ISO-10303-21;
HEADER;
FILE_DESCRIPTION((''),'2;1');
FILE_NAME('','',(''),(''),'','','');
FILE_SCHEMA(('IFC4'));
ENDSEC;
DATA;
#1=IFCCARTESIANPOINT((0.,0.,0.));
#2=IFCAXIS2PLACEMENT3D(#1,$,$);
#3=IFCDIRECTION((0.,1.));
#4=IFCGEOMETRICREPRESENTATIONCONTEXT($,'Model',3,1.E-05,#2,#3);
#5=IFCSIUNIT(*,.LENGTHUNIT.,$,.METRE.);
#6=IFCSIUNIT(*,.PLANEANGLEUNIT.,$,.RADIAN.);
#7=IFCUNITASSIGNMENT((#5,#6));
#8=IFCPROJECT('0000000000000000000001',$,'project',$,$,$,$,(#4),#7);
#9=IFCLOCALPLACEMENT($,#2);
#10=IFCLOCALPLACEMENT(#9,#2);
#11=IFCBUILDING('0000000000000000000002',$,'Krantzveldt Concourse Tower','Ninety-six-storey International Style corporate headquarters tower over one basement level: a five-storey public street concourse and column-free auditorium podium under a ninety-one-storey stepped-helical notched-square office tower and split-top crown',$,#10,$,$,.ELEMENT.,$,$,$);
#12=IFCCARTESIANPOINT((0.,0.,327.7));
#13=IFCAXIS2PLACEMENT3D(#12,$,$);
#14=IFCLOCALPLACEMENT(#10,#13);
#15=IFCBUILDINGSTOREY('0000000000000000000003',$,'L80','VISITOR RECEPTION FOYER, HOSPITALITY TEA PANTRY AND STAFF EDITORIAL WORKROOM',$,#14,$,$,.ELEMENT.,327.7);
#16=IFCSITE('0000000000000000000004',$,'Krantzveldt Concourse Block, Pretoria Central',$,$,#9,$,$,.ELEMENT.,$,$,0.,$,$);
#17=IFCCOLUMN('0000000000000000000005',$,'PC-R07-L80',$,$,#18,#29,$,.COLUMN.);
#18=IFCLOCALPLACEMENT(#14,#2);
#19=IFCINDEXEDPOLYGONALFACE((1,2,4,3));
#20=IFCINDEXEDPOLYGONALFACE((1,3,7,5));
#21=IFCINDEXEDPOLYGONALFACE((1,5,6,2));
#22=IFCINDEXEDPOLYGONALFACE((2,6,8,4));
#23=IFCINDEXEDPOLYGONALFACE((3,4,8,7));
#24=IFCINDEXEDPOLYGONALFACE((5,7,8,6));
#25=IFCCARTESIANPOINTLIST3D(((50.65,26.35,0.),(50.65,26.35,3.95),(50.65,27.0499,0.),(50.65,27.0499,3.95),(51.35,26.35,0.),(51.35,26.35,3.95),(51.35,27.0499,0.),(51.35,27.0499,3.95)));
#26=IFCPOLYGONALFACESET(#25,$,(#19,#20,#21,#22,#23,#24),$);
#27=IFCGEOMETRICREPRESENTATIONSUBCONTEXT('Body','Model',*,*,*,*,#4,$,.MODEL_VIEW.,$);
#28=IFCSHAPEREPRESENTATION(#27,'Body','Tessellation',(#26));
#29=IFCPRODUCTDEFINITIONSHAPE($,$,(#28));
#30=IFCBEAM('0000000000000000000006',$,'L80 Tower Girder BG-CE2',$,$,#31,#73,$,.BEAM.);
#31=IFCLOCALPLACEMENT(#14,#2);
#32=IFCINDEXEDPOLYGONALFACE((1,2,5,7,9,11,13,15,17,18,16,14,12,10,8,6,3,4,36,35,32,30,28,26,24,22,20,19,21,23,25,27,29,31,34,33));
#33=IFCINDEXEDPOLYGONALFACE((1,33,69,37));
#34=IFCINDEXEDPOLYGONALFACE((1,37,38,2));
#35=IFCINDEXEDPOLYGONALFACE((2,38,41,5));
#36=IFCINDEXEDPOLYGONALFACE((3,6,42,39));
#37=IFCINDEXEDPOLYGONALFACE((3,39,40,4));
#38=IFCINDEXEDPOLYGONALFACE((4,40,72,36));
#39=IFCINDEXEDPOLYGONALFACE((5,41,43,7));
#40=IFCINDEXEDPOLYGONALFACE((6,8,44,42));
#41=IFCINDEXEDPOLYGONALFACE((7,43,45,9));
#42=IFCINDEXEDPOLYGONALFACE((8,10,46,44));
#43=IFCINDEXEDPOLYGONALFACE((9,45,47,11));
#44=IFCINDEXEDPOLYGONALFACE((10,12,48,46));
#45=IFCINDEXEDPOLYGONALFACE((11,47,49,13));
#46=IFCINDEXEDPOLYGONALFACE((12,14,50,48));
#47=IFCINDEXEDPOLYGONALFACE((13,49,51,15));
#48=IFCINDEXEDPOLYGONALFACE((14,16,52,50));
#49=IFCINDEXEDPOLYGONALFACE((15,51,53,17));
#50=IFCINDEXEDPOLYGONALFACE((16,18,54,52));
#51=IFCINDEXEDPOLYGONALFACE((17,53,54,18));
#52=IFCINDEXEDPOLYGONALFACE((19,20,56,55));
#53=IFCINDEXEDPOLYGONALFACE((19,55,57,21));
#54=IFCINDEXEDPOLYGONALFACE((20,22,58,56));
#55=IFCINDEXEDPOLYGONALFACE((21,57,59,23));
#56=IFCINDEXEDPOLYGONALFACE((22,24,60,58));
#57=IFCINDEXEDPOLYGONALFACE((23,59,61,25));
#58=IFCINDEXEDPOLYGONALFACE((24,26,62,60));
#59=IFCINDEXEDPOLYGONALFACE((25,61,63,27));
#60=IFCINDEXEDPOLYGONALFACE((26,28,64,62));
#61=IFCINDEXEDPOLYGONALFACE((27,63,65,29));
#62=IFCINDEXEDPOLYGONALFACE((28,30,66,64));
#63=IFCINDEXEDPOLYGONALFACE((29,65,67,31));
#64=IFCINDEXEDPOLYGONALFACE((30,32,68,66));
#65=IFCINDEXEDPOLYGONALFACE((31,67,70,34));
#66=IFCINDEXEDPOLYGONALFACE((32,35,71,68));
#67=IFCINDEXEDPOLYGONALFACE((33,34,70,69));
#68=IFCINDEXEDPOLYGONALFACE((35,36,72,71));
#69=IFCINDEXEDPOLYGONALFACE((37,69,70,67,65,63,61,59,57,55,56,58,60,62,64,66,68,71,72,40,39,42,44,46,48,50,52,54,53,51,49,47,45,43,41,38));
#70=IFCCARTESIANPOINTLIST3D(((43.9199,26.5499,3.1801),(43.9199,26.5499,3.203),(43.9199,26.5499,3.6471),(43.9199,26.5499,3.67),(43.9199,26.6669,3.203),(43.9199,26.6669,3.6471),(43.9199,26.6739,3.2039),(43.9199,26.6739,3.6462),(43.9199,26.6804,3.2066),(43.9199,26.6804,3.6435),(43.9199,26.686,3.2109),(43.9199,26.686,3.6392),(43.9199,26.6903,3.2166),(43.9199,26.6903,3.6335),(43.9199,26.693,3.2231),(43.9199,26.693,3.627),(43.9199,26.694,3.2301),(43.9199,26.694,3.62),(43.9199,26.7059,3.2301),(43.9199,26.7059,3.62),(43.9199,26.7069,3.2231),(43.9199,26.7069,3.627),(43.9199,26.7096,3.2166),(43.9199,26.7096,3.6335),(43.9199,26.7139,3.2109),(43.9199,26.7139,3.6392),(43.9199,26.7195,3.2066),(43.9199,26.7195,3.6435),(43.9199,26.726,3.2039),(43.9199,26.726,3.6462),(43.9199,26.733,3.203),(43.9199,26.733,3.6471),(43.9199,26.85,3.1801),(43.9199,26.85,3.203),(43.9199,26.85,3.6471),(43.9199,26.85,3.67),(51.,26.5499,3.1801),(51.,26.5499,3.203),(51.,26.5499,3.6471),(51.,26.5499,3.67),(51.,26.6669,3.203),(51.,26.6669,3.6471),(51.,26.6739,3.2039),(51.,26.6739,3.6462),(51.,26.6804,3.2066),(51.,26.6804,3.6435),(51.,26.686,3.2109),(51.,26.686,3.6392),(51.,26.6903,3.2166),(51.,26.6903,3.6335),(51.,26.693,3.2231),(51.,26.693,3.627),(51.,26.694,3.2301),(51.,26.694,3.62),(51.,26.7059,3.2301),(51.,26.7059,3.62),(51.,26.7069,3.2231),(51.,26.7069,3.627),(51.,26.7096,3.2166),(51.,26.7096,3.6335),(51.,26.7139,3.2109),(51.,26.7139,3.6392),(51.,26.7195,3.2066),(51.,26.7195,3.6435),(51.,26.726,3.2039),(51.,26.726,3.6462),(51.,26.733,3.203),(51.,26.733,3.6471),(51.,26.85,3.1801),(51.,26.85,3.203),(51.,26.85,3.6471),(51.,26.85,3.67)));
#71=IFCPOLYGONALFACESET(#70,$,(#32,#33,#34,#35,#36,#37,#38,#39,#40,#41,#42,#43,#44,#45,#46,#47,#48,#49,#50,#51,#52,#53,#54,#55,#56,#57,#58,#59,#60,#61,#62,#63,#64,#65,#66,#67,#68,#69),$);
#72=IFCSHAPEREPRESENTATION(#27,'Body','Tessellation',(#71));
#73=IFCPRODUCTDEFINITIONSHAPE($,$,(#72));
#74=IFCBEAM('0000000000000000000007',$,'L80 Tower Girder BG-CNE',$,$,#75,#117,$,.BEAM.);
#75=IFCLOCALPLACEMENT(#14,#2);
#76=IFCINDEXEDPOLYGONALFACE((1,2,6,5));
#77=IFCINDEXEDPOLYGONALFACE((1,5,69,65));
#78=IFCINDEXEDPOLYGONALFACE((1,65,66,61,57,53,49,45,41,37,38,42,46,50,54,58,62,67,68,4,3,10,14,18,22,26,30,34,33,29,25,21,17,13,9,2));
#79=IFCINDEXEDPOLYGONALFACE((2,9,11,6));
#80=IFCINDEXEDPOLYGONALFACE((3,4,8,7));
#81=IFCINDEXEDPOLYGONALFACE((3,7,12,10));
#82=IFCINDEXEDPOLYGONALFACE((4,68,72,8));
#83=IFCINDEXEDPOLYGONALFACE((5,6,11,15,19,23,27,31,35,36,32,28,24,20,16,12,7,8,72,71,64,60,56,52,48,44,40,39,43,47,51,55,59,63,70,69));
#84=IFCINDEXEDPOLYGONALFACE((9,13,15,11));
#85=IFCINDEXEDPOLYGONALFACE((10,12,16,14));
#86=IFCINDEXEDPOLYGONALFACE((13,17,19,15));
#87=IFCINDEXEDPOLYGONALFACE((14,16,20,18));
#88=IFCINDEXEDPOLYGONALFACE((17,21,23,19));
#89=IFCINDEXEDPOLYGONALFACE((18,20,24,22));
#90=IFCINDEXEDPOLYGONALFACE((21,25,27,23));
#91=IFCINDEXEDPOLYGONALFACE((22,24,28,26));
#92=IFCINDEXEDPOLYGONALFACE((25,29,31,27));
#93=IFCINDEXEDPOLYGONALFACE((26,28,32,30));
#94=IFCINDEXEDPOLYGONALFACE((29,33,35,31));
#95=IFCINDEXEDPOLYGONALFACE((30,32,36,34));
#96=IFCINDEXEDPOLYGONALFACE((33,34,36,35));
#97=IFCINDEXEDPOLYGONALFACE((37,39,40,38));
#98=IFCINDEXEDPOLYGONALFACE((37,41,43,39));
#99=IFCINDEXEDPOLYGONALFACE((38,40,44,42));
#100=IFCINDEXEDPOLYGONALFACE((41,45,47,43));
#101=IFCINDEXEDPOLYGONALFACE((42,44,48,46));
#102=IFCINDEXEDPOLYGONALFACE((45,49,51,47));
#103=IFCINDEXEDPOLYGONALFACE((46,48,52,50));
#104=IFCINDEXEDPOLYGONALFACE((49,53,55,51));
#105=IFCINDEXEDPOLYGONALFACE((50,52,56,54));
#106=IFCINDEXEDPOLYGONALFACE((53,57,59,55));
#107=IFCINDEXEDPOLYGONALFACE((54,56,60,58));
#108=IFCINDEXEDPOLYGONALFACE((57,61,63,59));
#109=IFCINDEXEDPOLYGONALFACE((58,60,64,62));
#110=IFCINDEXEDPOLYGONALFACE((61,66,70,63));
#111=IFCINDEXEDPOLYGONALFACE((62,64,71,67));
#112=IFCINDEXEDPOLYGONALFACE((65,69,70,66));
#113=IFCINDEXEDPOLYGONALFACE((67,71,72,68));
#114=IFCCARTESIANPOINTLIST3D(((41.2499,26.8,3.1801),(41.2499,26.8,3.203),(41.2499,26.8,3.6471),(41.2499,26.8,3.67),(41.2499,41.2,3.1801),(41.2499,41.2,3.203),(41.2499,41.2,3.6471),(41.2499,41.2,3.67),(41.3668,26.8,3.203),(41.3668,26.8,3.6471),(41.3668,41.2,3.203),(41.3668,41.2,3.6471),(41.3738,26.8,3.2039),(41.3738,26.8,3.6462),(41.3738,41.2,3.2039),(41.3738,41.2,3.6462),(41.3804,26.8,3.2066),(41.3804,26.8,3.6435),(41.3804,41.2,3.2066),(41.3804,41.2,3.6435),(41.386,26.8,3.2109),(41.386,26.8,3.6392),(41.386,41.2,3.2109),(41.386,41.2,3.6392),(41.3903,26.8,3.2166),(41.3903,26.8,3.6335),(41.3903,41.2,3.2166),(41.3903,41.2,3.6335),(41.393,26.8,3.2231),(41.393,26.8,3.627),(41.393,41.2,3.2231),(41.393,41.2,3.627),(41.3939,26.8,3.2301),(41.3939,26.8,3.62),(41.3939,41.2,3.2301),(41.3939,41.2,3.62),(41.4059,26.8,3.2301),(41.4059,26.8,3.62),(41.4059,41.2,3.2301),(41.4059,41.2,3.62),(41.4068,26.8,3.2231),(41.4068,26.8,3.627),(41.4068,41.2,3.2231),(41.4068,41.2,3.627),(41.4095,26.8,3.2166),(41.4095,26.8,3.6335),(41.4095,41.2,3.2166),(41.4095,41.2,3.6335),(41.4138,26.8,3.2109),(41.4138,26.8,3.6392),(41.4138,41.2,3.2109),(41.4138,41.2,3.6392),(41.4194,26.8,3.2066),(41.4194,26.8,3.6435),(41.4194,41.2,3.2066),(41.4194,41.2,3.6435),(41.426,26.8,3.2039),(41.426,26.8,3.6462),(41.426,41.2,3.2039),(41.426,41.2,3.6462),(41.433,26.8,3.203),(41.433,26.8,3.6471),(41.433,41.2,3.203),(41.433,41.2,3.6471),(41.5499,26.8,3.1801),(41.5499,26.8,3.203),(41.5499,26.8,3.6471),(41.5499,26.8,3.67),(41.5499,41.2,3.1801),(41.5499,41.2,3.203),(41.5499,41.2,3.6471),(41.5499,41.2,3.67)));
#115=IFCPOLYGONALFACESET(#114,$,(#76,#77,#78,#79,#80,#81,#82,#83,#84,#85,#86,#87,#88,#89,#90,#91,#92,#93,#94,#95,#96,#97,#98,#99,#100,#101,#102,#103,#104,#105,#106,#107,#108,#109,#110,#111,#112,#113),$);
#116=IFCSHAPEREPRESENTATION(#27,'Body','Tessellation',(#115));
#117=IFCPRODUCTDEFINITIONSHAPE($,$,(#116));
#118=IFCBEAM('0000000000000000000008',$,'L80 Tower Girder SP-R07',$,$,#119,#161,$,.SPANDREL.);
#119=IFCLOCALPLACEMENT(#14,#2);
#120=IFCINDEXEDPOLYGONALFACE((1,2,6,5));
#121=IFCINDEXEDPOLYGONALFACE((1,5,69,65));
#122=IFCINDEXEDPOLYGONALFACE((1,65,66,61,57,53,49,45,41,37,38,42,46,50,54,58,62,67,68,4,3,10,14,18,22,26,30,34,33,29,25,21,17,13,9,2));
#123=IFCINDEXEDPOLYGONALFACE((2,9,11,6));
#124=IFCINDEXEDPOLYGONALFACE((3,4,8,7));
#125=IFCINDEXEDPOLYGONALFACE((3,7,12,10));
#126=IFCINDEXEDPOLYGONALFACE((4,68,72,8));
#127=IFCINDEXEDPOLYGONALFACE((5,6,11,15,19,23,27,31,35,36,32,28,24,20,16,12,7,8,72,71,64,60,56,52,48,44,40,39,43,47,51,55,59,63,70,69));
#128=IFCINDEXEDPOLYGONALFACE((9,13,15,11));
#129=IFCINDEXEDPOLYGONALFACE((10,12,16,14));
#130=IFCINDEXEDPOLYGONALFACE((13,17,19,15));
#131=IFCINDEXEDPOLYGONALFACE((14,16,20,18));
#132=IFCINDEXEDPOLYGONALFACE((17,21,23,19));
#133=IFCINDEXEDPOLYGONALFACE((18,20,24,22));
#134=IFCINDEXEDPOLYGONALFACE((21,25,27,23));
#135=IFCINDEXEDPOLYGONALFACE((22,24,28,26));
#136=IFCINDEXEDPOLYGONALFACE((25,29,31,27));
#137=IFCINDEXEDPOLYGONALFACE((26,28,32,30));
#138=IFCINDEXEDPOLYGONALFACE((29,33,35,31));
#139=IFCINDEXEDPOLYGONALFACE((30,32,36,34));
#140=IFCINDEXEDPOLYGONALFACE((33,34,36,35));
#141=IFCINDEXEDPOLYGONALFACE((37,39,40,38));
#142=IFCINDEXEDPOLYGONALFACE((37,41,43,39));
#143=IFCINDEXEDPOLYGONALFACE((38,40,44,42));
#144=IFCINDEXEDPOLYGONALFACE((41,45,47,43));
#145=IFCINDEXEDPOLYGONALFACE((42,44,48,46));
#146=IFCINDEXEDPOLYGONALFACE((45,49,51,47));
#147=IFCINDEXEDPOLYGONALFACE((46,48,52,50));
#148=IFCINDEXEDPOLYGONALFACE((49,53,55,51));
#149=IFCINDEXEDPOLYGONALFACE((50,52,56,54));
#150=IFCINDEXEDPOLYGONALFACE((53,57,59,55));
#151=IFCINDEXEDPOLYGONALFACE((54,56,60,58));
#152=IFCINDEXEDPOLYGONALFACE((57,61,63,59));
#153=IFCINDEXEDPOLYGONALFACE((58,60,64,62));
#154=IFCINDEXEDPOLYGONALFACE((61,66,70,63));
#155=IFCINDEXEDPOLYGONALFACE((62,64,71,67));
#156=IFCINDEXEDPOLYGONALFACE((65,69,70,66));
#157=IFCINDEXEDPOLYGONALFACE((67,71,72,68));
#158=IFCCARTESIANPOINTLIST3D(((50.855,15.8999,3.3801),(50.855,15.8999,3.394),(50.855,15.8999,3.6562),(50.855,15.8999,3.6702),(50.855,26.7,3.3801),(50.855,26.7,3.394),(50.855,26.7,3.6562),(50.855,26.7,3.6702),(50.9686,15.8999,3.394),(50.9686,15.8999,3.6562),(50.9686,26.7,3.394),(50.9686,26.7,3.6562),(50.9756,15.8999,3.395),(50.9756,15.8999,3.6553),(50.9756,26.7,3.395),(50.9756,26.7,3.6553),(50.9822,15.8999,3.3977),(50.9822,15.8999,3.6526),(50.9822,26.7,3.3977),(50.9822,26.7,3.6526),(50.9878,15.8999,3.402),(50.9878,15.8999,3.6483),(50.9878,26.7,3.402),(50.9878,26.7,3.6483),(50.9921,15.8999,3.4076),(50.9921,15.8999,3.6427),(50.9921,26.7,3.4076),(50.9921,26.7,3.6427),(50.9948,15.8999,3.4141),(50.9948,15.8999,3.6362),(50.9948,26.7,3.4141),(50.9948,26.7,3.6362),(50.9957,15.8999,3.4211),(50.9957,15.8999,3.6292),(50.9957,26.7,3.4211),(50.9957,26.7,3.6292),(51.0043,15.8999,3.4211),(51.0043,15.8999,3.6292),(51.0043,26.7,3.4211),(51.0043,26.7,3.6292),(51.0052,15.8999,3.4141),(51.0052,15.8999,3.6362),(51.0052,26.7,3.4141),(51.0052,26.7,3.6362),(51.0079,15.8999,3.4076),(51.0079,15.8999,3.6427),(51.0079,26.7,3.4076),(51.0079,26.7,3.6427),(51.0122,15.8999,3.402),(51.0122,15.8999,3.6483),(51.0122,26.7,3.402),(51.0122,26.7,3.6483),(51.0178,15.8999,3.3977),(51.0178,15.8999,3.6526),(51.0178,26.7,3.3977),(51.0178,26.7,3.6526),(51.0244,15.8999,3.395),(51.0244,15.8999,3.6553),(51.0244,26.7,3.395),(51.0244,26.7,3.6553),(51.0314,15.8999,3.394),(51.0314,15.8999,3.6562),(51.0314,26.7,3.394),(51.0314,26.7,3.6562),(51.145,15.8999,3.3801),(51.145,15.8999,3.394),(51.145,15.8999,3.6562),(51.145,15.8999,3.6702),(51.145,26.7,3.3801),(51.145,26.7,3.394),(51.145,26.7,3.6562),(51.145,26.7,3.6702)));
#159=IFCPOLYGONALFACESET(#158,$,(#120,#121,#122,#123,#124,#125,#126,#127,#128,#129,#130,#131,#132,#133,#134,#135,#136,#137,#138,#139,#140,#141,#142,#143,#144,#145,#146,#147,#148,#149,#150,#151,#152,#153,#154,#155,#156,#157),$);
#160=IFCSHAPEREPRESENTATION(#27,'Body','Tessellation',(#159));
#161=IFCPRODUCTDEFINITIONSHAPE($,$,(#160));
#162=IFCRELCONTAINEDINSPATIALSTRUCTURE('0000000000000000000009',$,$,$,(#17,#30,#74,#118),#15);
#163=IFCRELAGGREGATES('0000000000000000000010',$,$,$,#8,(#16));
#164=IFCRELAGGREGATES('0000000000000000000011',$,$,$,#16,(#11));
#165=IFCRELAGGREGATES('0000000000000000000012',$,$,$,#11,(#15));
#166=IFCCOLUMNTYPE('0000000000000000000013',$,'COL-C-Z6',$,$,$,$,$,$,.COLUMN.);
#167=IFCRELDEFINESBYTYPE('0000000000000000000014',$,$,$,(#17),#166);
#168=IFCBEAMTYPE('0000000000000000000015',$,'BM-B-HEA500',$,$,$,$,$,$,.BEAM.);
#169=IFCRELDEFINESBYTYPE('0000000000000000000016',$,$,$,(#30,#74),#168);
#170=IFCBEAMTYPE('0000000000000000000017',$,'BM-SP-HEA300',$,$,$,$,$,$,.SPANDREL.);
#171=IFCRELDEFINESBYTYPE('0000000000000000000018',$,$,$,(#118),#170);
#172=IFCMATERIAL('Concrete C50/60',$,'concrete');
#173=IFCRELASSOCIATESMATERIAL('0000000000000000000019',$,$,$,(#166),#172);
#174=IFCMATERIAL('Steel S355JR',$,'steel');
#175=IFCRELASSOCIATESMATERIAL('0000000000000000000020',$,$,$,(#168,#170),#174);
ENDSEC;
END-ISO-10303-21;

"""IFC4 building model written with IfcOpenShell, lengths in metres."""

from ifc_helpers import new_model, si_unit, direction, frame, origin, origin_2d, place, context, subcontext, project, spatial, rectangle, i_section, extrude, source, transform, mapped, material, material_profile, profile_set, type_object, type_shapes, element, save


model = new_model("IFC4")

# Units and contexts
model_context = context("Model", 3, precision=1e-05, world=origin(), true_north=direction((0.0, 1.0)))
body_context = subcontext(model_context, "Body", "Model", "MODEL_VIEW")
ifc_project = project(units=[si_unit("LENGTHUNIT", "METRE"), si_unit("PLANEANGLEUNIT", "RADIAN")], contexts=[model_context])

# Site, building, storey
site_placement = place(None, origin())
site = spatial("IfcSite", under=ifc_project, at=site_placement, Name="Krantzveldt Concourse Block, Pretoria Central", CompositionType="ELEMENT", RefElevation=0.0)
building_placement = place(site_placement, origin())
building = spatial("IfcBuilding", under=site, at=building_placement, Name="Krantzveldt Concourse Tower", Description="Ninety-six-storey International Style corporate headquarters tower over one basement level: a five-storey public street concourse and column-free auditorium podium under a ninety-one-storey stepped-helical notched-square office tower and split-top crown", CompositionType="ELEMENT")
storey_placement = place(building_placement, frame((0.0, 0.0, 327.7)))
storey = spatial("IfcBuildingStorey", under=building, at=storey_placement, Name="L80", Description="VISITOR RECEPTION FOYER, HOSPITALITY TEA PANTRY AND STAFF EDITORIAL WORKROOM", CompositionType="ELEMENT", Elevation=327.7)

# Column
ifc_material_1 = material(Name="Concrete C50/60", Category="concrete")
ifc_material_profile_1 = material_profile(ifc_material_1, rectangle(XDim=0.7, YDim=0.7, at=origin_2d()), Name="Concrete C50/60", Category="concrete")
ifc_profile_set_1 = profile_set([ifc_material_profile_1], Name="Concrete C50/60 - RC 700x700")
column_type = type_object("IfcColumnType", Name="COL-C-Z6", PredefinedType="COLUMN", material=ifc_profile_set_1)
shared_shape_1 = source(origin(), body_context, "Body", "SweptSolid", [
    extrude(rectangle(XDim=0.7, YDim=0.7, at=origin_2d()), origin(), (0.0, 0.0, 1.0), 3.95),
])
type_shapes(column_type, [shared_shape_1])
column_placement = place(storey_placement, frame((51.0, 26.7, 0.0), z_axis=(0.0, 0.0, 1.0), x_axis=(1.0, 0.0, 0.0)))
element("IfcColumn", 1, at=column_placement, inside=storey, type_object=column_type, Name="PC-R07-L80", PredefinedType="COLUMN", context=body_context, shape_type="MappedRepresentation", body=[
    mapped(shared_shape_1, transform((0.0, 0.0, 0.0), x_axis=(1.0, 0.0, 0.0), y_axis=(0.0, 1.0, 0.0), z_axis=(0.0, 0.0, 1.0), scale=1.0)),
])

# Beams
ifc_material_2 = material(Name="Steel S355JR", Category="steel")
ifc_material_profile_2 = material_profile(ifc_material_2, i_section(OverallWidth=0.3, OverallDepth=0.49, WebThickness=0.012, FlangeThickness=0.0229, FilletRadius=0.0271, at=origin_2d()), Name="Steel S355JR", Category="steel")
ifc_profile_set_2 = profile_set([ifc_material_profile_2], Name="Steel S355JR - HEA 500")
beam_type_1 = type_object("IfcBeamType", Name="BM-B-HEA500", PredefinedType="BEAM", material=ifc_profile_set_2)
shared_shape_2 = source(origin(), body_context, "Body", "SweptSolid", [
    extrude(i_section(OverallWidth=0.3, OverallDepth=0.49, WebThickness=0.012, FlangeThickness=0.0229, FilletRadius=0.0271, at=origin_2d()), origin(), (0.0, 0.0, 1.0), 7.0801),
])
beam_1_placement = place(storey_placement, frame((43.9199, 26.7, 3.425), z_axis=(1.0, 0.0, 0.0), x_axis=(0.0, 1.0, 0.0)))
element("IfcBeam", 2, at=beam_1_placement, inside=storey, type_object=beam_type_1, Name="L80 Tower Girder BG-CE2", PredefinedType="BEAM", context=body_context, shape_type="MappedRepresentation", body=[
    mapped(shared_shape_2, transform((0.0, 0.0, 0.0), x_axis=(1.0, 0.0, 0.0), y_axis=(0.0, 1.0, 0.0), z_axis=(0.0, 0.0, 1.0), scale=1.0)),
])
shared_shape_3 = source(origin(), body_context, "Body", "SweptSolid", [
    extrude(i_section(OverallWidth=0.3, OverallDepth=0.49, WebThickness=0.012, FlangeThickness=0.0229, FilletRadius=0.0271, at=origin_2d()), origin(), (0.0, 0.0, 1.0), 14.3999),
])
type_shapes(beam_type_1, [shared_shape_2, shared_shape_3])
beam_2_placement = place(storey_placement, frame((41.3999, 26.8, 3.425), z_axis=(0.0, 1.0, 0.0), x_axis=(-1.0, 0.0, 0.0)))
element("IfcBeam", 3, at=beam_2_placement, inside=storey, type_object=beam_type_1, Name="L80 Tower Girder BG-CNE", PredefinedType="BEAM", context=body_context, shape_type="MappedRepresentation", body=[
    mapped(shared_shape_3, transform((0.0, 0.0, 0.0), x_axis=(1.0, 0.0, 0.0), y_axis=(0.0, 1.0, 0.0), z_axis=(0.0, 0.0, 1.0), scale=1.0)),
])
ifc_material_profile_3 = material_profile(ifc_material_2, i_section(OverallWidth=0.29, OverallDepth=0.29, WebThickness=0.0085, FlangeThickness=0.0139, FilletRadius=0.0271, at=origin_2d()), Name="Steel S355JR", Category="steel")
ifc_profile_set_3 = profile_set([ifc_material_profile_3], Name="Steel S355JR - HEA 300")
beam_type_2 = type_object("IfcBeamType", Name="BM-SP-HEA300", PredefinedType="SPANDREL", material=ifc_profile_set_3)
shared_shape_4 = source(origin(), body_context, "Body", "SweptSolid", [
    extrude(i_section(OverallWidth=0.29, OverallDepth=0.29, WebThickness=0.0085, FlangeThickness=0.0139, FilletRadius=0.0271, at=origin_2d()), origin(), (0.0, 0.0, 1.0), 10.8),
])
type_shapes(beam_type_2, [shared_shape_4])
beam_3_placement = place(storey_placement, frame((51.0, 26.7, 3.5251), z_axis=(0.0, -1.0, 0.0), x_axis=(1.0, 0.0, 0.0)))
element("IfcBeam", 4, at=beam_3_placement, inside=storey, type_object=beam_type_2, Name="L80 Tower Girder SP-R07", PredefinedType="SPANDREL", context=body_context, shape_type="MappedRepresentation", body=[
    mapped(shared_shape_4, transform((0.0, 0.0, 0.0), x_axis=(1.0, 0.0, 0.0), y_axis=(0.0, 1.0, 0.0), z_axis=(0.0, 0.0, 1.0), scale=1.0)),
])

save(model, "model.ifc")
